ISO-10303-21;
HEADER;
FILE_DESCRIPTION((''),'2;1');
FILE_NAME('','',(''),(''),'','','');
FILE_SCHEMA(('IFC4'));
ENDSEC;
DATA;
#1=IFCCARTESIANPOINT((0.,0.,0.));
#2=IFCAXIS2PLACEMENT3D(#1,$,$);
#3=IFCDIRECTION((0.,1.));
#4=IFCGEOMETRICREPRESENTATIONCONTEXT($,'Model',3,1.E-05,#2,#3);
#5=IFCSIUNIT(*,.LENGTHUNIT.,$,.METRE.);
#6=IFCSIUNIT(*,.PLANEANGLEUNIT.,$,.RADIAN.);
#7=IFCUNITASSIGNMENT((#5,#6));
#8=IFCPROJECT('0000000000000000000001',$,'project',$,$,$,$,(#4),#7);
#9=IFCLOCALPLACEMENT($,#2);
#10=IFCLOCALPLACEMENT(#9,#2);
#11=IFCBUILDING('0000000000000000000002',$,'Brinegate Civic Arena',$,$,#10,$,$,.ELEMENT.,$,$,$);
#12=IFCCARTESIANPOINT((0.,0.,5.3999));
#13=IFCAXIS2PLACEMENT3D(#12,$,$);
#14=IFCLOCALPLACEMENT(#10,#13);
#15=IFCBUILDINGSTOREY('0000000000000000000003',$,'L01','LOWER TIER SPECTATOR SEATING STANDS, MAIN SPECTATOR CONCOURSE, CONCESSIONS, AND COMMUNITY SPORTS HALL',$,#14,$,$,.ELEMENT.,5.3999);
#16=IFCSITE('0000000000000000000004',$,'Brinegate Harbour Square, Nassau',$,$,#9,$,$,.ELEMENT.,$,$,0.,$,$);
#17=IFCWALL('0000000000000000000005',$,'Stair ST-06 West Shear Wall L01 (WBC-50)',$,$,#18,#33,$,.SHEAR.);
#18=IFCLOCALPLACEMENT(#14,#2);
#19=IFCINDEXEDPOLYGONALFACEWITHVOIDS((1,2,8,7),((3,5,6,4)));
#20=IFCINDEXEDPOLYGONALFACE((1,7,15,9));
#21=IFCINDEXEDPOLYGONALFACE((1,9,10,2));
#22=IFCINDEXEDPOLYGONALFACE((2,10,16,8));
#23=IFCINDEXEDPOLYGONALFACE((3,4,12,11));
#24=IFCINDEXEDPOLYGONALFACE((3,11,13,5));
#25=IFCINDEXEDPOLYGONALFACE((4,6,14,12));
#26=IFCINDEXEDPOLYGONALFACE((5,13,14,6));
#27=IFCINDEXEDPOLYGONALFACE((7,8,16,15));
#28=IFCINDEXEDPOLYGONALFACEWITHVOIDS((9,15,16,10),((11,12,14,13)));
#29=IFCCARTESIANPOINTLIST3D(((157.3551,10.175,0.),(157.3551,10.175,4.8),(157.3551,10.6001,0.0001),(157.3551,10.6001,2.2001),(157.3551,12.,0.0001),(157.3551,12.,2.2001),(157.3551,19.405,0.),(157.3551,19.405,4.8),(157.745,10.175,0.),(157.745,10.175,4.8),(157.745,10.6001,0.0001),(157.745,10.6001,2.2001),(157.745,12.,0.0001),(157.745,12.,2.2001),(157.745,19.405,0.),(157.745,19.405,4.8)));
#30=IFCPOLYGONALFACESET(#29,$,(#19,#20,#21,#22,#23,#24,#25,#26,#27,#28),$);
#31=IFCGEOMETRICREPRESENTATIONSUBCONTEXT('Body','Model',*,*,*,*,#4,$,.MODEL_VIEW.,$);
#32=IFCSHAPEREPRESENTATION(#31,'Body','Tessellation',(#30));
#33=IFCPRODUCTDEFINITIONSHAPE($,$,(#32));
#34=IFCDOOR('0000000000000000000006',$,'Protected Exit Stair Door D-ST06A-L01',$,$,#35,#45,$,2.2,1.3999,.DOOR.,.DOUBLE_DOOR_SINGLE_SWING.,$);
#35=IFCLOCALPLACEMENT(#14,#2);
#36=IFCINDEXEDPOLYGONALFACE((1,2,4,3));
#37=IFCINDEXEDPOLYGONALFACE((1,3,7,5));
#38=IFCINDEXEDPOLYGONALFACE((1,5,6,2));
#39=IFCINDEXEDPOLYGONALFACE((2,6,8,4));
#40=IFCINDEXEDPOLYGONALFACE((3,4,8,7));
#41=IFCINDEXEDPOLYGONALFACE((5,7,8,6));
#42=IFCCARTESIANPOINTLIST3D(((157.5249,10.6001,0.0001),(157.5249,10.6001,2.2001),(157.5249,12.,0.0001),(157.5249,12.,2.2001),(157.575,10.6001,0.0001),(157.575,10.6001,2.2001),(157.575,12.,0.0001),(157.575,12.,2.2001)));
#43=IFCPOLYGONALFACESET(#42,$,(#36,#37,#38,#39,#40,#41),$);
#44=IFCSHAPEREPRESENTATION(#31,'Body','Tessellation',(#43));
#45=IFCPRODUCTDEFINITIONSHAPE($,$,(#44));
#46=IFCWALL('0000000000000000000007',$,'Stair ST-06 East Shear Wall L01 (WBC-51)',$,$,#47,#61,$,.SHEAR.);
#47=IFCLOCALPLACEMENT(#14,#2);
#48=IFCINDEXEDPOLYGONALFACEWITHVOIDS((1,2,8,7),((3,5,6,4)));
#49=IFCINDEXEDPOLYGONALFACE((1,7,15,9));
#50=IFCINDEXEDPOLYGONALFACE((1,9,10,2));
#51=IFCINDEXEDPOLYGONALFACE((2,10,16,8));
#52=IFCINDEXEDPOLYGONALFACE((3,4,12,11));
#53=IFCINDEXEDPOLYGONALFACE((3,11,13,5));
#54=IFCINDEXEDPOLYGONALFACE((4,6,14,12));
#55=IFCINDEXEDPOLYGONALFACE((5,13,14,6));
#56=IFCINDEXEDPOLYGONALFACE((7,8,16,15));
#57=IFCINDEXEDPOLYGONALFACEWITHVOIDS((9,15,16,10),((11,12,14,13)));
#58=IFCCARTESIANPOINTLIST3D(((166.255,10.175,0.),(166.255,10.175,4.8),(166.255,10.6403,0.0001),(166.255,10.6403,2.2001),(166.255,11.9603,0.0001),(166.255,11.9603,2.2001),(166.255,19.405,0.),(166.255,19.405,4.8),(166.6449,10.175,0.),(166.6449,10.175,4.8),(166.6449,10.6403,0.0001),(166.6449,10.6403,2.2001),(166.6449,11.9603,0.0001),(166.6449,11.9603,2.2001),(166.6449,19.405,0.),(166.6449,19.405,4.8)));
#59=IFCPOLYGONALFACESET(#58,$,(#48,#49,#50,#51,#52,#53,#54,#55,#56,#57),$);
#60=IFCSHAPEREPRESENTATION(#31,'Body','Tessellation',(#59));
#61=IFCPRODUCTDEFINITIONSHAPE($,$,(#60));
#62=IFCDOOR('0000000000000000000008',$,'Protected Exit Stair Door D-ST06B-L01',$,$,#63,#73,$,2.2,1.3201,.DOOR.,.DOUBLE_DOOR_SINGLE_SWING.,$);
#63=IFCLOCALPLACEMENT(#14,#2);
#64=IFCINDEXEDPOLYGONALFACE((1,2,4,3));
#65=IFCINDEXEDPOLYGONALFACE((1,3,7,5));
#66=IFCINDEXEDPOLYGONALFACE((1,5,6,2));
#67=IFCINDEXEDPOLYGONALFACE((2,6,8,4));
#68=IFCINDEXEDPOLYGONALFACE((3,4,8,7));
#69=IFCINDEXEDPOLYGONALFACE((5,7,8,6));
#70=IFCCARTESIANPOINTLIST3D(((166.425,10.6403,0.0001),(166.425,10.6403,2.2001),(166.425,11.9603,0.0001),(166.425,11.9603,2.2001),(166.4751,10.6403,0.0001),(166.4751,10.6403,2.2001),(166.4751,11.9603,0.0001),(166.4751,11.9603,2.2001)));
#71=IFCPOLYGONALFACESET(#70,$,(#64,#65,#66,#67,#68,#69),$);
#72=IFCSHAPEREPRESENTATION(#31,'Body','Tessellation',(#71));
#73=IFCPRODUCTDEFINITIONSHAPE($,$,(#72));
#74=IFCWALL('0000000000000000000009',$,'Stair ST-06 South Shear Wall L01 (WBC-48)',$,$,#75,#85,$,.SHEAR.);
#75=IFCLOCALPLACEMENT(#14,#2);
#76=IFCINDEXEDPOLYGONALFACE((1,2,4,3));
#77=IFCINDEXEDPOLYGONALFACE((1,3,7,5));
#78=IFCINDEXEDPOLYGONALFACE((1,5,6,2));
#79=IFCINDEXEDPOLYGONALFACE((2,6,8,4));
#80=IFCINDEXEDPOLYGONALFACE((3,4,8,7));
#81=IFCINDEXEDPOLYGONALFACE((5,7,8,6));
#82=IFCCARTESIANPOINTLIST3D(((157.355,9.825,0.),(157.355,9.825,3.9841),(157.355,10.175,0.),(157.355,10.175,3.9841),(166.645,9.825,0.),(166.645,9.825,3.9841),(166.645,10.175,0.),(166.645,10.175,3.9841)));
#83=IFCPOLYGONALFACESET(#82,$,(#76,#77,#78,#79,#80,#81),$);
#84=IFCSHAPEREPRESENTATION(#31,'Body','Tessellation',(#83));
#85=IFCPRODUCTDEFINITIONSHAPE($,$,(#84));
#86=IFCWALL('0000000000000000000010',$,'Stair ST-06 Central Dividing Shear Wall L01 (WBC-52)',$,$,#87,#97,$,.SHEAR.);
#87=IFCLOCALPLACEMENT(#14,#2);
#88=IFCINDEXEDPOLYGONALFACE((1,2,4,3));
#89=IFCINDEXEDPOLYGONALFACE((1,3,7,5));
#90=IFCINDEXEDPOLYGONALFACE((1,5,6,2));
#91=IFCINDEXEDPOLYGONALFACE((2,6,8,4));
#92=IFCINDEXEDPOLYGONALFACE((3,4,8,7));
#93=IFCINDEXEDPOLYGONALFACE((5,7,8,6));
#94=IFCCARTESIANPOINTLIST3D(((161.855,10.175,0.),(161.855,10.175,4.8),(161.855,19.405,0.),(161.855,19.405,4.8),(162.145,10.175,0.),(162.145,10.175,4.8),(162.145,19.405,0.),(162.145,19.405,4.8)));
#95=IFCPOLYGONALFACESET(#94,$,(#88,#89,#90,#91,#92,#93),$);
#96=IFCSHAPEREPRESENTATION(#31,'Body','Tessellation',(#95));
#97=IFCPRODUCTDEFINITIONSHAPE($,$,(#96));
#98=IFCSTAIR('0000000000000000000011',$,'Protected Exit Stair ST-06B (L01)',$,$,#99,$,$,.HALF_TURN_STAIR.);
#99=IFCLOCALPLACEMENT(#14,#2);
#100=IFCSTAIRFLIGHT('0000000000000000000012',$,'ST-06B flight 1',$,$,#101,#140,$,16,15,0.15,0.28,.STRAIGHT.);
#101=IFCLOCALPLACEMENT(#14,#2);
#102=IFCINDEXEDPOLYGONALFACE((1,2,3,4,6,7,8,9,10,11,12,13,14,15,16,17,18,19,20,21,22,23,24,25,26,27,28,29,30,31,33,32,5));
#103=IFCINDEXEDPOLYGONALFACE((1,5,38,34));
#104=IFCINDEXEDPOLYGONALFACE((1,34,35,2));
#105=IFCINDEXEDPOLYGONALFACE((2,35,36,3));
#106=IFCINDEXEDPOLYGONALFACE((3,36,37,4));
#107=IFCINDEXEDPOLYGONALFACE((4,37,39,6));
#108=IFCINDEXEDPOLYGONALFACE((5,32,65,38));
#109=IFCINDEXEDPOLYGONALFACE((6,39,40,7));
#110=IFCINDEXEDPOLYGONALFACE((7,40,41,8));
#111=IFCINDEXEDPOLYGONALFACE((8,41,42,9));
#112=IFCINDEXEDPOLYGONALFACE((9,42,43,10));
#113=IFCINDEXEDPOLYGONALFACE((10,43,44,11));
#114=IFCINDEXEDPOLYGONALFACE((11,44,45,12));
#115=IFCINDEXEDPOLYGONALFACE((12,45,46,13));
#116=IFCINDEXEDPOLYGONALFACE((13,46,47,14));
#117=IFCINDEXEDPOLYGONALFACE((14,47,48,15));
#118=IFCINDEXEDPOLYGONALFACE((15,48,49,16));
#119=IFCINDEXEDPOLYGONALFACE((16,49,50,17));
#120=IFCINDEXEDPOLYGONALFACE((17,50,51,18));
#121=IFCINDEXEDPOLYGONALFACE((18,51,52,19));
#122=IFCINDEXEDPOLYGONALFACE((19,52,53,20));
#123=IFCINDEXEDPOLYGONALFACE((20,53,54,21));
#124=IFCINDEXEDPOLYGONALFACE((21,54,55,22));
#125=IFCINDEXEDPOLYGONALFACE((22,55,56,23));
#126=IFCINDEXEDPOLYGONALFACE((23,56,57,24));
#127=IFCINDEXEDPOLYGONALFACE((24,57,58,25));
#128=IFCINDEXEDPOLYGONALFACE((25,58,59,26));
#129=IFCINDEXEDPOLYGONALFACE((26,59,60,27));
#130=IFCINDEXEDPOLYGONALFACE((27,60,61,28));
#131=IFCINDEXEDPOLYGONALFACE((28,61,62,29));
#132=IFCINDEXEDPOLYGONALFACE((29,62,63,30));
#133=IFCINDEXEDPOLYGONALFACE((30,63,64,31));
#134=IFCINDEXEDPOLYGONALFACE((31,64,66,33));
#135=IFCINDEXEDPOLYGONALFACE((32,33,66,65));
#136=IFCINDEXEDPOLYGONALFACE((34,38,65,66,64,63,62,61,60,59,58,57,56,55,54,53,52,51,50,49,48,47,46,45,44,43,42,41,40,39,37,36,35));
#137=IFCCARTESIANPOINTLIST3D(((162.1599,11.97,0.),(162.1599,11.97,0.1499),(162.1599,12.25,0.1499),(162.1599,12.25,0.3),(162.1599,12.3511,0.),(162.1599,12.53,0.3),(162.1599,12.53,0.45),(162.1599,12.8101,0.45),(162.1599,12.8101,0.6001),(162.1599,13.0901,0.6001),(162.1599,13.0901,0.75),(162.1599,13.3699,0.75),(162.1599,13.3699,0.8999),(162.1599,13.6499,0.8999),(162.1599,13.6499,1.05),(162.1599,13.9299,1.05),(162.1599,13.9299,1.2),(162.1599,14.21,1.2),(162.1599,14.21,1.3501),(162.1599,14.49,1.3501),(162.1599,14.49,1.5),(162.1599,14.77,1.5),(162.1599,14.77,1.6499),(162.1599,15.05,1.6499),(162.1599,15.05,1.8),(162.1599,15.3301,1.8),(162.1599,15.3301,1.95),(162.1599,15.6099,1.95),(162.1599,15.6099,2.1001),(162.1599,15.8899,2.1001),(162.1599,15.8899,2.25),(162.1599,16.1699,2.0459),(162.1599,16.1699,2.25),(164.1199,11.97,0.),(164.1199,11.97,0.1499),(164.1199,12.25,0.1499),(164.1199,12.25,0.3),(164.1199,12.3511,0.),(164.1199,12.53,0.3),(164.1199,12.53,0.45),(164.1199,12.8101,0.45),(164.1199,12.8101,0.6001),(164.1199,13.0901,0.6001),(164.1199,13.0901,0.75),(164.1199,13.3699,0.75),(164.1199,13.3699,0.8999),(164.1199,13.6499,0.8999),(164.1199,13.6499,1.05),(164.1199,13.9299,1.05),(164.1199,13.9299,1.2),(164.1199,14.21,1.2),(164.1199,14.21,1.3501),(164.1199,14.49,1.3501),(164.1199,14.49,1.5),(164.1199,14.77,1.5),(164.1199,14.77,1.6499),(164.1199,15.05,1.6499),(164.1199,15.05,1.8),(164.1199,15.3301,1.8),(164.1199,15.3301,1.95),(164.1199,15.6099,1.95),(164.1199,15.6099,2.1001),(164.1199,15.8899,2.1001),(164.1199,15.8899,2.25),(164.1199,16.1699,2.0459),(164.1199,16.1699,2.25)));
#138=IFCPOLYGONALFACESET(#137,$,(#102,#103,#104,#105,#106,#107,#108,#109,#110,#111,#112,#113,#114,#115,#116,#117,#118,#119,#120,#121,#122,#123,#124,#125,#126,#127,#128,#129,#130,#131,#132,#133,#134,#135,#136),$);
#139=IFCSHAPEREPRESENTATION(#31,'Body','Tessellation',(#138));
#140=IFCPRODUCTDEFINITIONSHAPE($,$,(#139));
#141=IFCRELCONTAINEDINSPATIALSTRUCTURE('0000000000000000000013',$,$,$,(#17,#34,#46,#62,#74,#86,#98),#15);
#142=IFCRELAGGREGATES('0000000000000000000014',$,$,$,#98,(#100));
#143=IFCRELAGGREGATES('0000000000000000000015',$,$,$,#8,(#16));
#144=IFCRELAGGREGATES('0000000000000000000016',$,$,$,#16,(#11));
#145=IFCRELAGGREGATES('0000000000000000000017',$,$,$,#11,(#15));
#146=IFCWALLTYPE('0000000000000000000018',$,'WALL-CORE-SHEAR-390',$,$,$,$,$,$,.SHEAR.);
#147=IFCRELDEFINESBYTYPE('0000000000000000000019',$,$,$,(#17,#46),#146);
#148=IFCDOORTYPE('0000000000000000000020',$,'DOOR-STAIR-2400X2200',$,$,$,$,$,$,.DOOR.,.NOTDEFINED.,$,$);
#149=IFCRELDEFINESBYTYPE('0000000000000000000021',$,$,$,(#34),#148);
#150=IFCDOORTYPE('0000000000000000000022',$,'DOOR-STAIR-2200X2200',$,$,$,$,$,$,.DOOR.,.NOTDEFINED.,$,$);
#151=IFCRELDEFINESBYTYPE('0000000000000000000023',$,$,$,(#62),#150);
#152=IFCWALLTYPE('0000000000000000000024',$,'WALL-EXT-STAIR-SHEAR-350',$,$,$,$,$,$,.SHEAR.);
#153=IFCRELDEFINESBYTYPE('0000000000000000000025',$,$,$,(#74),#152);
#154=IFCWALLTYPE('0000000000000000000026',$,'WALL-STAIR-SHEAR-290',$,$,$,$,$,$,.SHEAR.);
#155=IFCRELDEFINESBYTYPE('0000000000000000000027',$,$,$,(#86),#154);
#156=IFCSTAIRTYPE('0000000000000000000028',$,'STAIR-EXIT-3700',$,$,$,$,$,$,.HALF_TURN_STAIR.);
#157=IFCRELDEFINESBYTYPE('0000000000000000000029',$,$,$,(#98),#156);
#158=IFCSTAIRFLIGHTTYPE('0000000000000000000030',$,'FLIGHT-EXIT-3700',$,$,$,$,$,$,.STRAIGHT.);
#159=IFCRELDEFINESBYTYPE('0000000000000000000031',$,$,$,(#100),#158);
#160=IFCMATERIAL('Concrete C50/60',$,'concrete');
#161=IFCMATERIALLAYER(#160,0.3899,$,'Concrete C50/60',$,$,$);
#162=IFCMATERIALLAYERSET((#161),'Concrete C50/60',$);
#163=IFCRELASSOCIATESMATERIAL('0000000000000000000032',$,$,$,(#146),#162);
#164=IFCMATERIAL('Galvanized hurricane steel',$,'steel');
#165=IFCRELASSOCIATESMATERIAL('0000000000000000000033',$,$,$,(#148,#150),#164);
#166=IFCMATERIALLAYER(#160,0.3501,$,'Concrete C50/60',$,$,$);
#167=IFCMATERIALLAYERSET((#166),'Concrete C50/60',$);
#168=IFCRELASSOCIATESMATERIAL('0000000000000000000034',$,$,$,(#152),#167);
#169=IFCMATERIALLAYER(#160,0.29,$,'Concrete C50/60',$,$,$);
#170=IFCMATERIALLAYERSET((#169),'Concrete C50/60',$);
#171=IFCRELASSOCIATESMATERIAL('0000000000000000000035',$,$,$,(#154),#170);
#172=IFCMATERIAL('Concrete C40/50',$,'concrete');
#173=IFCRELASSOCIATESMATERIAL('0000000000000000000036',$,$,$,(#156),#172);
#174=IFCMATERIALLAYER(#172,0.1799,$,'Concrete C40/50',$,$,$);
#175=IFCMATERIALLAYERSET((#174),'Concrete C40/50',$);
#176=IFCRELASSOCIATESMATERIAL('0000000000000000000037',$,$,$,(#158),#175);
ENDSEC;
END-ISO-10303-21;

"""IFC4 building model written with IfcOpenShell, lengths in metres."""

from ifc_helpers import new_model, si_unit, direction, frame, frame_2d, origin, place, context, subcontext, project, spatial, polyline, rectangle, outline, extrude, material, layer, layer_set, type_object, element, fill, aggregate, save


model = new_model("IFC4")

# Units and contexts
model_context = context("Model", 3, precision=1e-05, world=origin(), true_north=direction((0.0, 1.0)))
body_context = subcontext(model_context, "Body", "Model", "MODEL_VIEW")
ifc_project = project(units=[si_unit("LENGTHUNIT", "METRE"), si_unit("PLANEANGLEUNIT", "RADIAN")], contexts=[model_context])

# Site, building, storey
site_placement = place(None, origin())
site = spatial("IfcSite", under=ifc_project, at=site_placement, Name="Brinegate Harbour Square, Nassau", CompositionType="ELEMENT", RefElevation=0.0)
building_placement = place(site_placement, origin())
building = spatial("IfcBuilding", under=site, at=building_placement, Name="Brinegate Civic Arena", CompositionType="ELEMENT")
storey_placement = place(building_placement, frame((0.0, 0.0, 5.3999)))
storey = spatial("IfcBuildingStorey", under=building, at=storey_placement, Name="L01", Description="LOWER TIER SPECTATOR SEATING STANDS, MAIN SPECTATOR CONCOURSE, CONCESSIONS, AND COMMUNITY SPORTS HALL", CompositionType="ELEMENT", Elevation=5.3999)

# Shared definitions
ifc_material_1 = material(Name="Concrete C50/60", Category="concrete")

# Shared definitions
ifc_layer_1 = layer(ifc_material_1, 0.3899, Name="Concrete C50/60")
ifc_layer_set_1 = layer_set([ifc_layer_1], Name="Concrete C50/60")
wall_type_1 = type_object("IfcWallType", Name="WALL-CORE-SHEAR-390", PredefinedType="SHEAR", material=ifc_layer_set_1)

# Walls, openings, doors
wall_1_placement = place(storey_placement, frame((157.55, 10.175, 0.0), z_axis=(0.0, 0.0, 1.0), x_axis=(0.0, 1.0, 0.0)))
wall_1 = element("IfcWall", 1, at=wall_1_placement, inside=storey, type_object=wall_type_1, Name="Stair ST-06 West Shear Wall L01 (WBC-50)", PredefinedType="SHEAR", context=body_context, shape_type="SweptSolid", body=[
    extrude(rectangle(XDim=9.23, YDim=0.3899, at=frame_2d((4.615, 0.0))), origin(), (0.0, 0.0, 1.0), 4.8),
])
opening_1_placement = place(wall_1_placement, frame((0.425, 0.0, 0.0)))
opening_1 = element("IfcOpeningElement", 2, at=opening_1_placement, cuts=wall_1, PredefinedType="OPENING", context=body_context, shape_type="SweptSolid", body=[
    extrude(rectangle(XDim=1.3999, YDim=2.2, at=frame_2d((0.7, 1.1001))), frame((0.0, 0.2048, 0.0), z_axis=(0.0, -1.0, 0.0), x_axis=(1.0, 0.0, 0.0)), (0.0, 0.0, 1.0), 0.4099),
])
ifc_material_2 = material(Name="Galvanized hurricane steel", Category="steel")
door_type_1 = type_object("IfcDoorType", Name="DOOR-STAIR-2400X2200", OperationType="NOTDEFINED", PredefinedType="DOOR", material=ifc_material_2)
door_1_placement = place(opening_1_placement, frame((1.3999, 0.0, 0.0), z_axis=(0.0, 0.0, 1.0), x_axis=(-1.0, 0.0, 0.0)))
door_1 = element("IfcDoor", 3, at=door_1_placement, inside=storey, type_object=door_type_1, Name="Protected Exit Stair Door D-ST06A-L01", OperationType="DOUBLE_DOOR_SINGLE_SWING", OverallHeight=2.2, OverallWidth=1.3999, PredefinedType="DOOR", context=body_context, shape_type="SweptSolid", body=[
    extrude(rectangle(XDim=1.3999, YDim=2.2, at=frame_2d((0.7, 1.1001))), frame((0.0, 0.0249, 0.0), z_axis=(0.0, -1.0, 0.0), x_axis=(1.0, 0.0, 0.0)), (0.0, 0.0, 1.0), 0.05),
])
fill(opening_1, door_1)
wall_2_placement = place(storey_placement, frame((166.45, 10.175, 0.0), z_axis=(0.0, 0.0, 1.0), x_axis=(0.0, 1.0, 0.0)))
wall_2 = element("IfcWall", 4, at=wall_2_placement, inside=storey, type_object=wall_type_1, Name="Stair ST-06 East Shear Wall L01 (WBC-51)", PredefinedType="SHEAR", context=body_context, shape_type="SweptSolid", body=[
    extrude(rectangle(XDim=9.23, YDim=0.3899, at=frame_2d((4.615, 0.0))), origin(), (0.0, 0.0, 1.0), 4.8),
])
opening_2_placement = place(wall_2_placement, frame((0.4651, 0.0, 0.0)))
opening_2 = element("IfcOpeningElement", 5, at=opening_2_placement, cuts=wall_2, PredefinedType="OPENING", context=body_context, shape_type="SweptSolid", body=[
    extrude(rectangle(XDim=1.3201, YDim=2.2, at=frame_2d((0.6602, 1.1001))), frame((0.0, 0.2048, 0.0), z_axis=(0.0, -1.0, 0.0), x_axis=(1.0, 0.0, 0.0)), (0.0, 0.0, 1.0), 0.4099),
])
door_type_2 = type_object("IfcDoorType", Name="DOOR-STAIR-2200X2200", OperationType="NOTDEFINED", PredefinedType="DOOR", material=ifc_material_2)
door_2_placement = place(opening_2_placement, origin())
door_2 = element("IfcDoor", 6, at=door_2_placement, inside=storey, type_object=door_type_2, Name="Protected Exit Stair Door D-ST06B-L01", OperationType="DOUBLE_DOOR_SINGLE_SWING", OverallHeight=2.2, OverallWidth=1.3201, PredefinedType="DOOR", context=body_context, shape_type="SweptSolid", body=[
    extrude(rectangle(XDim=1.3201, YDim=2.2, at=frame_2d((0.6602, 1.1001))), frame((0.0, 0.0249, 0.0), z_axis=(0.0, -1.0, 0.0), x_axis=(1.0, 0.0, 0.0)), (0.0, 0.0, 1.0), 0.05),
])
fill(opening_2, door_2)

# Walls
ifc_layer_2 = layer(ifc_material_1, 0.3501, Name="Concrete C50/60")
ifc_layer_set_2 = layer_set([ifc_layer_2], Name="Concrete C50/60")
wall_type_2 = type_object("IfcWallType", Name="WALL-EXT-STAIR-SHEAR-350", PredefinedType="SHEAR", material=ifc_layer_set_2)
wall_3_placement = place(storey_placement, frame((157.355, 10.0, 0.0), z_axis=(0.0, 0.0, 1.0), x_axis=(1.0, 0.0, 0.0)))
element("IfcWall", 7, at=wall_3_placement, inside=storey, type_object=wall_type_2, Name="Stair ST-06 South Shear Wall L01 (WBC-48)", PredefinedType="SHEAR", context=body_context, shape_type="SweptSolid", body=[
    extrude(rectangle(XDim=9.29, YDim=0.3501, at=frame_2d((4.645, 0.0))), origin(), (0.0, 0.0, 1.0), 3.9841),
])
ifc_layer_3 = layer(ifc_material_1, 0.29, Name="Concrete C50/60")
ifc_layer_set_3 = layer_set([ifc_layer_3], Name="Concrete C50/60")
wall_type_3 = type_object("IfcWallType", Name="WALL-STAIR-SHEAR-290", PredefinedType="SHEAR", material=ifc_layer_set_3)
wall_4_placement = place(storey_placement, frame((162.0, 10.175, 0.0), z_axis=(0.0, 0.0, 1.0), x_axis=(0.0, 1.0, 0.0)))
element("IfcWall", 8, at=wall_4_placement, inside=storey, type_object=wall_type_3, Name="Stair ST-06 Central Dividing Shear Wall L01 (WBC-52)", PredefinedType="SHEAR", context=body_context, shape_type="SweptSolid", body=[
    extrude(rectangle(XDim=9.23, YDim=0.29, at=frame_2d((4.615, 0.0))), origin(), (0.0, 0.0, 1.0), 4.8),
])

# Stair, stair flight
ifc_material_3 = material(Name="Concrete C40/50", Category="concrete")
stair_type_1 = type_object("IfcStairType", Name="STAIR-EXIT-3700", PredefinedType="HALF_TURN_STAIR", material=ifc_material_3)
stair_1_placement = place(storey_placement, origin())
stair_1 = element("IfcStair", 9, at=stair_1_placement, inside=storey, type_object=stair_type_1, Name="Protected Exit Stair ST-06B (L01)", PredefinedType="HALF_TURN_STAIR")
ifc_layer_4 = layer(ifc_material_3, 0.1799, Name="Concrete C40/50")
ifc_layer_set_4 = layer_set([ifc_layer_4], Name="Concrete C40/50")
stair_flight_type_1 = type_object("IfcStairFlightType", Name="FLIGHT-EXIT-3700", PredefinedType="STRAIGHT", material=ifc_layer_set_4)
stair_flight_1_placement = place(storey_placement, frame((163.1399, 11.97, 0.0), z_axis=(0.0, 0.0, 1.0), x_axis=(0.0, 1.0, 0.0)))
stair_flight_1 = element("IfcStairFlight", 10, at=stair_flight_1_placement, type_object=stair_flight_type_1, Name="ST-06B flight 1", NumberOfRisers=16, NumberOfTreads=15, PredefinedType="STRAIGHT", RiserHeight=0.15, TreadLength=0.28, context=body_context, shape_type="SweptSolid", body=[
    extrude(outline(polyline([(0.0, 0.0), (0.0, 0.1499), (0.28, 0.1499), (0.28, 0.3), (0.5601, 0.3), (0.5601, 0.45), (0.8401, 0.45), (0.8401, 0.6001), (1.1201, 0.6001), (1.1201, 0.75), (1.3999, 0.75), (1.3999, 0.8999), (1.6799, 0.8999), (1.6799, 1.05), (1.96, 1.05), (1.96, 1.2), (2.24, 1.2), (2.24, 1.3501), (2.52, 1.3501), (2.52, 1.5), (2.8, 1.5), (2.8, 1.6499), (3.0801, 1.6499), (3.0801, 1.8), (3.3601, 1.8), (3.3601, 1.95), (3.6399, 1.95), (3.6399, 2.1001), (3.9199, 2.1001), (3.9199, 2.25), (4.2, 2.25), (4.2, 2.3999), (4.2, 2.0459), (0.3811, 0.0), (0.0, 0.0)])), frame((0.0, 0.98, 0.0), z_axis=(0.0, -1.0, 0.0), x_axis=(1.0, 0.0, 0.0)), (0.0, 0.0, 1.0), 1.96),
])
aggregate(stair_1, [stair_flight_1])

save(model, "model.ifc")
